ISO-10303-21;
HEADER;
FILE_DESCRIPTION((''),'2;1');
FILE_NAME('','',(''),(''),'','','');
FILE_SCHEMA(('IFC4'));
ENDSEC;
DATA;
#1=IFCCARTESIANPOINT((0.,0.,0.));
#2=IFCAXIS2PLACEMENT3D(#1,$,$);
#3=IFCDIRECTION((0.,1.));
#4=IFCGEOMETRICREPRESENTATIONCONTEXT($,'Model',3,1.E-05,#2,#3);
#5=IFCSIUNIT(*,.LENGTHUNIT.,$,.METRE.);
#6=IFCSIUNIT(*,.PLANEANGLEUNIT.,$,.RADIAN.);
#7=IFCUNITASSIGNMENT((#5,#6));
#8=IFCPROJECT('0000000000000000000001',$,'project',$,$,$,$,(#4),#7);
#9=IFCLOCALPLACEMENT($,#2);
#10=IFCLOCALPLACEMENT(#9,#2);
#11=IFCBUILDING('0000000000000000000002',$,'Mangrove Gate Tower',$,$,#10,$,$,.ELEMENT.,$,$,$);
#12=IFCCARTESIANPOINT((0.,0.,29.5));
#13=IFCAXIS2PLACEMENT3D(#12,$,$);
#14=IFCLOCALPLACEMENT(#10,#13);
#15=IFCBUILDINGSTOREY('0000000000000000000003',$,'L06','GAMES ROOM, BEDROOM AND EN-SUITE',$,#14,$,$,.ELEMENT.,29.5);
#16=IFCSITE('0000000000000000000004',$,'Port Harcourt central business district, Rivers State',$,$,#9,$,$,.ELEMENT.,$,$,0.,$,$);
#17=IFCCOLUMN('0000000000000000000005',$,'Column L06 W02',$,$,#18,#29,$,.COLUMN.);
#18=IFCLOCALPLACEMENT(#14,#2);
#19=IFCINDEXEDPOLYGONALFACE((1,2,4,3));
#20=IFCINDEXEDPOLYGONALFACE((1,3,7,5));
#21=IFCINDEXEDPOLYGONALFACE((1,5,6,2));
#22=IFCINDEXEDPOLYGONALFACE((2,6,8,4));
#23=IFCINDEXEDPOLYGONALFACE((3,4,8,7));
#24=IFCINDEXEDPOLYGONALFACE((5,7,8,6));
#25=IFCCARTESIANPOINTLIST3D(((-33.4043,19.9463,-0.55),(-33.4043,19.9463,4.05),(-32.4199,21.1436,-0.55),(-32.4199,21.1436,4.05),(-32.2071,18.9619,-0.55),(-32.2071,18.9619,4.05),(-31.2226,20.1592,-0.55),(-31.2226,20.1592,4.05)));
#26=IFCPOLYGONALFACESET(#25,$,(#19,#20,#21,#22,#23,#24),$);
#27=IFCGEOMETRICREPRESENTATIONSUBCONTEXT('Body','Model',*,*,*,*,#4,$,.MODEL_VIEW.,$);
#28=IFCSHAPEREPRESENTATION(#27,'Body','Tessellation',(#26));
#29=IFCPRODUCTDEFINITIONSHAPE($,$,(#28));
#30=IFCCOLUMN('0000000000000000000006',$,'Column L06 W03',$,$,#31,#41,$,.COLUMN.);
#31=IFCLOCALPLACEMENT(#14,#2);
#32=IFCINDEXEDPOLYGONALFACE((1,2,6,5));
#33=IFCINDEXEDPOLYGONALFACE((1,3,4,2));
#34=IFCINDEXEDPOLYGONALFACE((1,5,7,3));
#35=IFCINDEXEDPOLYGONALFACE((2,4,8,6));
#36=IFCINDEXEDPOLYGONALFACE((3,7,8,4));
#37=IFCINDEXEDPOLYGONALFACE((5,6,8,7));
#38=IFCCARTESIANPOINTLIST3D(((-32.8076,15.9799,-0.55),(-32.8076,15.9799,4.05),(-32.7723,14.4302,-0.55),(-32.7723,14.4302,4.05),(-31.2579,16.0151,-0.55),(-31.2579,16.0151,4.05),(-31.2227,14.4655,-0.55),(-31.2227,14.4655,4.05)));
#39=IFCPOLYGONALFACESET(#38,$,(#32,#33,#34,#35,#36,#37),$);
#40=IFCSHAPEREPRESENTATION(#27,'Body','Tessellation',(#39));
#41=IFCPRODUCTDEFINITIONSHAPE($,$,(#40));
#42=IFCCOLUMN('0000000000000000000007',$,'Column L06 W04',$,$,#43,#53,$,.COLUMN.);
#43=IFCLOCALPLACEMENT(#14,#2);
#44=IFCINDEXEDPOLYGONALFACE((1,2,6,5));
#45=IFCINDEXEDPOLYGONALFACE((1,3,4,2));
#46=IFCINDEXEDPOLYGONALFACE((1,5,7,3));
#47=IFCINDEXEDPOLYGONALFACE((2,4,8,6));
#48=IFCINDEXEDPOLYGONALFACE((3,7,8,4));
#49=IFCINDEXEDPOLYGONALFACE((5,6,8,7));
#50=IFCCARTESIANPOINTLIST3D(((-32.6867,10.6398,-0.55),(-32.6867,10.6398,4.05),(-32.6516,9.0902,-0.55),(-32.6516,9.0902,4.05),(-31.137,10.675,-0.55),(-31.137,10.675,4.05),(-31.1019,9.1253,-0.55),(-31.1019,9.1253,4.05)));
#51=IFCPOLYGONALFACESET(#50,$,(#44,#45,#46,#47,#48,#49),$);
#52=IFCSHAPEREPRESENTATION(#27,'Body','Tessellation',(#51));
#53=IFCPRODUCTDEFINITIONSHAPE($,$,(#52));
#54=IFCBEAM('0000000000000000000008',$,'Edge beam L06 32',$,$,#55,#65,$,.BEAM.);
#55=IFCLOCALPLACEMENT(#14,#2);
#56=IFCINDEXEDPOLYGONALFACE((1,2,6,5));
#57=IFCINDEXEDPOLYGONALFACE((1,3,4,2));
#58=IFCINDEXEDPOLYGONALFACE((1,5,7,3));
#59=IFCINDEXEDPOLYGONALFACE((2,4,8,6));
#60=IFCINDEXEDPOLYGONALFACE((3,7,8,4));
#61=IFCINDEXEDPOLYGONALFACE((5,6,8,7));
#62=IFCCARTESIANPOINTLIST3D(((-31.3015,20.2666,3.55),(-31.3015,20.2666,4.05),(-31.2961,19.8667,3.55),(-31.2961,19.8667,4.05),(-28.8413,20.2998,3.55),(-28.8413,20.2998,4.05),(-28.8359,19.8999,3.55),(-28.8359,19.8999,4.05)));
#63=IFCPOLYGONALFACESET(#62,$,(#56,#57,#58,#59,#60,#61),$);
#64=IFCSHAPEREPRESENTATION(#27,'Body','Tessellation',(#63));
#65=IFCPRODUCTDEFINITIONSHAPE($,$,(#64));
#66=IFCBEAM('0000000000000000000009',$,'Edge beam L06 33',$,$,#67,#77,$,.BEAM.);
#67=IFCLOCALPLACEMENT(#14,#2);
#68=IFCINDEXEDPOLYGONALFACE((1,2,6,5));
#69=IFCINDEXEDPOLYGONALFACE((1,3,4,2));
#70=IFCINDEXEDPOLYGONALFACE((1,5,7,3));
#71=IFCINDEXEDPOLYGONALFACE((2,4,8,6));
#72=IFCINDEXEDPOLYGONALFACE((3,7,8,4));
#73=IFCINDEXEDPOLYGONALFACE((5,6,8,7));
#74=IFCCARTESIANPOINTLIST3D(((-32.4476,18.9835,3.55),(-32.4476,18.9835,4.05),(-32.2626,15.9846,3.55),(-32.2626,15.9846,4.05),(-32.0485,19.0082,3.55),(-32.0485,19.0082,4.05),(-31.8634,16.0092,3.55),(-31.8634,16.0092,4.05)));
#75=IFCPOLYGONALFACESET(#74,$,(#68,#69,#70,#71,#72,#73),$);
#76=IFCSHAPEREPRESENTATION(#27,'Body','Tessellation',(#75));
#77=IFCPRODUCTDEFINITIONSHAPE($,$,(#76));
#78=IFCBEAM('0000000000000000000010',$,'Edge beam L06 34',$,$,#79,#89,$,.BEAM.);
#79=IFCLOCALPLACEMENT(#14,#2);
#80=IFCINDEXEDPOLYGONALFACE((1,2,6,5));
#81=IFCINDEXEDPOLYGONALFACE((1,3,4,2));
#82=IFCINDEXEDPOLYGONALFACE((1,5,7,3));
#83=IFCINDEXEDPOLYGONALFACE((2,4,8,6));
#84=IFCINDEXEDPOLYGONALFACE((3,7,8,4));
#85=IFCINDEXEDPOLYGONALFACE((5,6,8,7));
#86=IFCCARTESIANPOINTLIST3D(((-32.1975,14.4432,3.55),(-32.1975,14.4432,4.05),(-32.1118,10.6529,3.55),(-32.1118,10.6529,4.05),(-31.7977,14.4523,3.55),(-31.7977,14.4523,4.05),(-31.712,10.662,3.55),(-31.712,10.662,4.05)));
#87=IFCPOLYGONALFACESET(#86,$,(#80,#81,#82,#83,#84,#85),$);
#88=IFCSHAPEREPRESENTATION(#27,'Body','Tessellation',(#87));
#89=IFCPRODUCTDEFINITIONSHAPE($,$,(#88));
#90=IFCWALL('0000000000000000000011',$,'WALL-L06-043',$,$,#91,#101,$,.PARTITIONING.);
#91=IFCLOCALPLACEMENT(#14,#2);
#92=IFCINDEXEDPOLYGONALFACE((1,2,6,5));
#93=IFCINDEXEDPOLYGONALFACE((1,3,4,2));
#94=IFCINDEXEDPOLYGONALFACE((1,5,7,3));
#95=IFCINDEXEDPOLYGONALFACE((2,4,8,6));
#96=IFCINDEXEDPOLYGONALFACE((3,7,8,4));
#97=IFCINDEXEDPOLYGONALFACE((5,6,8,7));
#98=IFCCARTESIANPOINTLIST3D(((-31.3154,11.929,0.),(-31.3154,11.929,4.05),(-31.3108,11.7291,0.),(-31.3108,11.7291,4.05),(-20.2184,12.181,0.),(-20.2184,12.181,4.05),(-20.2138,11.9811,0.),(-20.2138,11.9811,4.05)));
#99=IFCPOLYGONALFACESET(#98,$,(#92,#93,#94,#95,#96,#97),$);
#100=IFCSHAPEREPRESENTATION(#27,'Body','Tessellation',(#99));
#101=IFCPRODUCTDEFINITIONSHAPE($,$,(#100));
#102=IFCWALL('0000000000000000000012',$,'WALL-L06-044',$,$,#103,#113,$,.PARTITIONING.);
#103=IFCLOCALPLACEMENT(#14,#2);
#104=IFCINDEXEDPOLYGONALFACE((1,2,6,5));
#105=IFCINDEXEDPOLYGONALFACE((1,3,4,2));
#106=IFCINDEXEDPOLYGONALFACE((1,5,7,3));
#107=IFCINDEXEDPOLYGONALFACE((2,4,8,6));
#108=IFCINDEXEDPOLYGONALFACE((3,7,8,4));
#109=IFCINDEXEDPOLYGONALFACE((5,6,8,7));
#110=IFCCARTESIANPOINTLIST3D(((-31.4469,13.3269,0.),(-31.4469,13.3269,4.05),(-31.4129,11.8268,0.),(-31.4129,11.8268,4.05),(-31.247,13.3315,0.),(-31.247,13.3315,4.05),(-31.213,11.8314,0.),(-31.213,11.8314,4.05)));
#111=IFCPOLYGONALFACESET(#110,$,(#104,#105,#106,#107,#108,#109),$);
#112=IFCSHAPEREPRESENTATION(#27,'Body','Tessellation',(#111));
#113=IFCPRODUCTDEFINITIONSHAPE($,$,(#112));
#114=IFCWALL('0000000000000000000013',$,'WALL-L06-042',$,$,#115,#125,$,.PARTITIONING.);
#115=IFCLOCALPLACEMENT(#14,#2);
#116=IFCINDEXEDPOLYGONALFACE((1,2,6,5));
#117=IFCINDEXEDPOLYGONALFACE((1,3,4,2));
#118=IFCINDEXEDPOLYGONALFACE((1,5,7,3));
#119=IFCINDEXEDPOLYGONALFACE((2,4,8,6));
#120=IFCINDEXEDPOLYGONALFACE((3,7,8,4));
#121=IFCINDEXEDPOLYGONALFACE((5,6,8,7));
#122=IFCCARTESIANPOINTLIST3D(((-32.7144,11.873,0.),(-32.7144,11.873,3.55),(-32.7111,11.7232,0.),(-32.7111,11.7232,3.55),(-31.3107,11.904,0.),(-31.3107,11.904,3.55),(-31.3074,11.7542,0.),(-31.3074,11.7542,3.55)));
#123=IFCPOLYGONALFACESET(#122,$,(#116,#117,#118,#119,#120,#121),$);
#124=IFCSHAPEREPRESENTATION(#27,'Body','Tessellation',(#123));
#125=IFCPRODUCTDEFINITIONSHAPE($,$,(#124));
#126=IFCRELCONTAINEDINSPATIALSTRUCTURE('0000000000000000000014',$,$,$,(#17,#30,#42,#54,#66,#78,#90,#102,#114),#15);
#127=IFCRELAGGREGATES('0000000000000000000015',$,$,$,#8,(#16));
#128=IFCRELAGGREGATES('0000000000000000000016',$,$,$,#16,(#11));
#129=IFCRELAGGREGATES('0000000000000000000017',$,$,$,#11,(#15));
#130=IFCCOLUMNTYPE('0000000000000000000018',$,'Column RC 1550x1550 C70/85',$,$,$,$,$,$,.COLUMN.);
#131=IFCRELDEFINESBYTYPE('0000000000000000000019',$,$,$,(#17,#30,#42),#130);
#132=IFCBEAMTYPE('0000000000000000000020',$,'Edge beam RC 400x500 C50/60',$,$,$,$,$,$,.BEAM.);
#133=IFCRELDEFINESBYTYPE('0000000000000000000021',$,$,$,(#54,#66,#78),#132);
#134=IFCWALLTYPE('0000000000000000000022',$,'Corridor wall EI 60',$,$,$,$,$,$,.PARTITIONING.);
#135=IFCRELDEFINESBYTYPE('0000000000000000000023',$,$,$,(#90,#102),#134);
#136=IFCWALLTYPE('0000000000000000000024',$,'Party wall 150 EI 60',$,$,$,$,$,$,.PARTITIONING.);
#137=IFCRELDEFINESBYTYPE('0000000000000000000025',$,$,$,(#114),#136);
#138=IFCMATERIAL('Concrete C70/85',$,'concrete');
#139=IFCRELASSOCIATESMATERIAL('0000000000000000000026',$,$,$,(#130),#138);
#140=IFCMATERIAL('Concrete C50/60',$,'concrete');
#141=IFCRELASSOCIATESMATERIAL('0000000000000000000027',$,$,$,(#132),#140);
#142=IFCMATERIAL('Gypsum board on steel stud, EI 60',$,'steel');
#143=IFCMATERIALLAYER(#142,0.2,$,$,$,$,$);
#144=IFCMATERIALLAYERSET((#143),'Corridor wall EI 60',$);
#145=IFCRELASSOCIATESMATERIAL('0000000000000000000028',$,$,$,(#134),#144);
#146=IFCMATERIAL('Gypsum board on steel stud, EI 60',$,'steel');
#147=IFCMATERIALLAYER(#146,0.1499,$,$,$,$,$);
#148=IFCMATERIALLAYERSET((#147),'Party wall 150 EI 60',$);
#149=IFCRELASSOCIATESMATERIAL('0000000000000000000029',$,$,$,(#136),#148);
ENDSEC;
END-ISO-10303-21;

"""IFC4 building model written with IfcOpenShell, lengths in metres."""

from ifc_helpers import new_model, si_unit, direction, frame, frame_2d, origin, origin_2d, place, context, subcontext, project, spatial, rectangle, extrude, material, layer, layer_set, material_profile, profile_set, type_object, element, save


model = new_model("IFC4")

# Units and contexts
model_context = context("Model", 3, precision=1e-05, world=origin(), true_north=direction((0.0, 1.0)))
body_context = subcontext(model_context, "Body", "Model", "MODEL_VIEW")
ifc_project = project(units=[si_unit("LENGTHUNIT", "METRE"), si_unit("PLANEANGLEUNIT", "RADIAN")], contexts=[model_context])

# Site, building, storey
site_placement = place(None, origin())
site = spatial("IfcSite", under=ifc_project, at=site_placement, Name="Port Harcourt central business district, Rivers State", CompositionType="ELEMENT", RefElevation=0.0)
building_placement = place(site_placement, origin())
building = spatial("IfcBuilding", under=site, at=building_placement, Name="Mangrove Gate Tower", CompositionType="ELEMENT")
storey_placement = place(building_placement, frame((0.0, 0.0, 29.5)))
storey = spatial("IfcBuildingStorey", under=building, at=storey_placement, Name="L06", Description="GAMES ROOM, BEDROOM AND EN-SUITE", CompositionType="ELEMENT", Elevation=29.5)

# Columns
ifc_material_1 = material(Name="Concrete C70/85", Category="concrete")
ifc_material_profile_1 = material_profile(ifc_material_1, rectangle(XDim=1.55, YDim=1.55, at=origin_2d()))
ifc_profile_set_1 = profile_set([ifc_material_profile_1], Name="Concrete C70/85")
column_type = type_object("IfcColumnType", Name="Column RC 1550x1550 C70/85", PredefinedType="COLUMN", material=ifc_profile_set_1)
for number, where, z_axis, x_axis, name in (
    (1, (-32.3135, 20.0527, -0.55), (0.0, 0.0, 1.0), (-0.635105, -0.772425, 0.0), "Column L06 W02"),
    (2, (-32.0151, 15.2227, -0.55), (0.0, 0.0, 1.0), (0.022747, -0.999741, 0.0), "Column L06 W03"),
    (3, (-31.8943, 9.8826, -0.55), (0.0, 0.0, 1.0), (0.022653, -0.999743, 0.0), "Column L06 W04"),
):
    element("IfcColumn", number, at=place(storey_placement, frame(where, z_axis=z_axis, x_axis=x_axis)), inside=storey, type_object=column_type, Name=name, PredefinedType="COLUMN", context=body_context, shape_type="SweptSolid", body=[
        extrude(rectangle(XDim=1.55, YDim=1.55, at=origin_2d()), origin(), (0.0, 0.0, 1.0), 4.6001),
    ])

# Beams
ifc_material_2 = material(Name="Concrete C50/60", Category="concrete")
ifc_material_profile_2 = material_profile(ifc_material_2, rectangle(XDim=0.3999, YDim=0.5, at=origin_2d()))
ifc_profile_set_2 = profile_set([ifc_material_profile_2], Name="Concrete C50/60")
beam_type = type_object("IfcBeamType", Name="Edge beam RC 400x500 C50/60", PredefinedType="BEAM", material=ifc_profile_set_2)
beam_1_placement = place(storey_placement, frame((-28.8386, 20.0999, 3.8), z_axis=(-0.999909, -0.013495, 0.0), x_axis=(0.013495, -0.999909, 0.0)))
element("IfcBeam", 4, at=beam_1_placement, inside=storey, type_object=beam_type, Name="Edge beam L06 32", PredefinedType="BEAM", context=body_context, shape_type="SweptSolid", body=[
    extrude(rectangle(XDim=0.3999, YDim=0.5, at=origin_2d()), origin(), (0.0, 0.0, 1.0), 2.4604),
])
beam_2_placement = place(storey_placement, frame((-32.248, 18.9958, 3.8), z_axis=(0.061589, -0.998102, 0.0), x_axis=(0.998102, 0.061589, 0.0)))
element("IfcBeam", 5, at=beam_2_placement, inside=storey, type_object=beam_type, Name="Edge beam L06 33", PredefinedType="BEAM", context=body_context, shape_type="SweptSolid", body=[
    extrude(rectangle(XDim=0.3999, YDim=0.5, at=origin_2d()), origin(), (0.0, 0.0, 1.0), 3.0046),
])
beam_3_placement = place(storey_placement, frame((-31.9976, 14.4478, 3.8), z_axis=(0.022603, -0.999745, 0.0), x_axis=(0.999745, 0.022603, 0.0)))
element("IfcBeam", 6, at=beam_3_placement, inside=storey, type_object=beam_type, Name="Edge beam L06 34", PredefinedType="BEAM", context=body_context, shape_type="SweptSolid", body=[
    extrude(rectangle(XDim=0.3999, YDim=0.5, at=origin_2d()), origin(), (0.0, 0.0, 1.0), 3.7913),
])

# Walls
ifc_material_3 = material(Name="Gypsum board on steel stud, EI 60", Category="steel")
ifc_layer_1 = layer(ifc_material_3, 0.2)
ifc_layer_set_1 = layer_set([ifc_layer_1], Name="Corridor wall EI 60")
wall_type_1 = type_object("IfcWallType", Name="Corridor wall EI 60", PredefinedType="PARTITIONING", material=ifc_layer_set_1)
wall_1_placement = place(storey_placement, frame((-31.313, 11.8291, 0.0), z_axis=(0.0, 0.0, 1.0), x_axis=(0.999742, 0.022699, 0.0)))
element("IfcWall", 7, at=wall_1_placement, inside=storey, type_object=wall_type_1, Name="WALL-L06-043", PredefinedType="PARTITIONING", context=body_context, shape_type="SweptSolid", body=[
    extrude(rectangle(XDim=11.0999, YDim=0.2, at=frame_2d((5.5498, 0.0))), origin(), (0.0, 0.0, 1.0), 4.05),
])
wall_2_placement = place(storey_placement, frame((-31.313, 11.8291, 0.0), z_axis=(0.0, 0.0, 1.0), x_axis=(-0.022618, 0.999744, 0.0)))
element("IfcWall", 8, at=wall_2_placement, inside=storey, type_object=wall_type_1, Name="WALL-L06-044", PredefinedType="PARTITIONING", context=body_context, shape_type="SweptSolid", body=[
    extrude(rectangle(XDim=1.5005, YDim=0.2, at=frame_2d((0.7502, 0.0))), origin(), (0.0, 0.0, 1.0), 4.05),
])

# Wall
ifc_material_4 = material(Name="Gypsum board on steel stud, EI 60", Category="steel")
ifc_layer_2 = layer(ifc_material_4, 0.1499)
ifc_layer_set_2 = layer_set([ifc_layer_2], Name="Party wall 150 EI 60")
wall_type_2 = type_object("IfcWallType", Name="Party wall 150 EI 60", PredefinedType="PARTITIONING", material=ifc_layer_set_2)
wall_3_placement = place(storey_placement, frame((-32.7129, 11.7981, 0.0), z_axis=(0.0, 0.0, 1.0), x_axis=(0.999756, 0.022082, 0.0)))
element("IfcWall", 9, at=wall_3_placement, inside=storey, type_object=wall_type_2, Name="WALL-L06-042", PredefinedType="PARTITIONING", context=body_context, shape_type="SweptSolid", body=[
    extrude(rectangle(XDim=1.4041, YDim=0.1499, at=frame_2d((0.7021, 0.0))), origin(), (0.0, 0.0, 1.0), 3.55),
])

save(model, "model.ifc")
